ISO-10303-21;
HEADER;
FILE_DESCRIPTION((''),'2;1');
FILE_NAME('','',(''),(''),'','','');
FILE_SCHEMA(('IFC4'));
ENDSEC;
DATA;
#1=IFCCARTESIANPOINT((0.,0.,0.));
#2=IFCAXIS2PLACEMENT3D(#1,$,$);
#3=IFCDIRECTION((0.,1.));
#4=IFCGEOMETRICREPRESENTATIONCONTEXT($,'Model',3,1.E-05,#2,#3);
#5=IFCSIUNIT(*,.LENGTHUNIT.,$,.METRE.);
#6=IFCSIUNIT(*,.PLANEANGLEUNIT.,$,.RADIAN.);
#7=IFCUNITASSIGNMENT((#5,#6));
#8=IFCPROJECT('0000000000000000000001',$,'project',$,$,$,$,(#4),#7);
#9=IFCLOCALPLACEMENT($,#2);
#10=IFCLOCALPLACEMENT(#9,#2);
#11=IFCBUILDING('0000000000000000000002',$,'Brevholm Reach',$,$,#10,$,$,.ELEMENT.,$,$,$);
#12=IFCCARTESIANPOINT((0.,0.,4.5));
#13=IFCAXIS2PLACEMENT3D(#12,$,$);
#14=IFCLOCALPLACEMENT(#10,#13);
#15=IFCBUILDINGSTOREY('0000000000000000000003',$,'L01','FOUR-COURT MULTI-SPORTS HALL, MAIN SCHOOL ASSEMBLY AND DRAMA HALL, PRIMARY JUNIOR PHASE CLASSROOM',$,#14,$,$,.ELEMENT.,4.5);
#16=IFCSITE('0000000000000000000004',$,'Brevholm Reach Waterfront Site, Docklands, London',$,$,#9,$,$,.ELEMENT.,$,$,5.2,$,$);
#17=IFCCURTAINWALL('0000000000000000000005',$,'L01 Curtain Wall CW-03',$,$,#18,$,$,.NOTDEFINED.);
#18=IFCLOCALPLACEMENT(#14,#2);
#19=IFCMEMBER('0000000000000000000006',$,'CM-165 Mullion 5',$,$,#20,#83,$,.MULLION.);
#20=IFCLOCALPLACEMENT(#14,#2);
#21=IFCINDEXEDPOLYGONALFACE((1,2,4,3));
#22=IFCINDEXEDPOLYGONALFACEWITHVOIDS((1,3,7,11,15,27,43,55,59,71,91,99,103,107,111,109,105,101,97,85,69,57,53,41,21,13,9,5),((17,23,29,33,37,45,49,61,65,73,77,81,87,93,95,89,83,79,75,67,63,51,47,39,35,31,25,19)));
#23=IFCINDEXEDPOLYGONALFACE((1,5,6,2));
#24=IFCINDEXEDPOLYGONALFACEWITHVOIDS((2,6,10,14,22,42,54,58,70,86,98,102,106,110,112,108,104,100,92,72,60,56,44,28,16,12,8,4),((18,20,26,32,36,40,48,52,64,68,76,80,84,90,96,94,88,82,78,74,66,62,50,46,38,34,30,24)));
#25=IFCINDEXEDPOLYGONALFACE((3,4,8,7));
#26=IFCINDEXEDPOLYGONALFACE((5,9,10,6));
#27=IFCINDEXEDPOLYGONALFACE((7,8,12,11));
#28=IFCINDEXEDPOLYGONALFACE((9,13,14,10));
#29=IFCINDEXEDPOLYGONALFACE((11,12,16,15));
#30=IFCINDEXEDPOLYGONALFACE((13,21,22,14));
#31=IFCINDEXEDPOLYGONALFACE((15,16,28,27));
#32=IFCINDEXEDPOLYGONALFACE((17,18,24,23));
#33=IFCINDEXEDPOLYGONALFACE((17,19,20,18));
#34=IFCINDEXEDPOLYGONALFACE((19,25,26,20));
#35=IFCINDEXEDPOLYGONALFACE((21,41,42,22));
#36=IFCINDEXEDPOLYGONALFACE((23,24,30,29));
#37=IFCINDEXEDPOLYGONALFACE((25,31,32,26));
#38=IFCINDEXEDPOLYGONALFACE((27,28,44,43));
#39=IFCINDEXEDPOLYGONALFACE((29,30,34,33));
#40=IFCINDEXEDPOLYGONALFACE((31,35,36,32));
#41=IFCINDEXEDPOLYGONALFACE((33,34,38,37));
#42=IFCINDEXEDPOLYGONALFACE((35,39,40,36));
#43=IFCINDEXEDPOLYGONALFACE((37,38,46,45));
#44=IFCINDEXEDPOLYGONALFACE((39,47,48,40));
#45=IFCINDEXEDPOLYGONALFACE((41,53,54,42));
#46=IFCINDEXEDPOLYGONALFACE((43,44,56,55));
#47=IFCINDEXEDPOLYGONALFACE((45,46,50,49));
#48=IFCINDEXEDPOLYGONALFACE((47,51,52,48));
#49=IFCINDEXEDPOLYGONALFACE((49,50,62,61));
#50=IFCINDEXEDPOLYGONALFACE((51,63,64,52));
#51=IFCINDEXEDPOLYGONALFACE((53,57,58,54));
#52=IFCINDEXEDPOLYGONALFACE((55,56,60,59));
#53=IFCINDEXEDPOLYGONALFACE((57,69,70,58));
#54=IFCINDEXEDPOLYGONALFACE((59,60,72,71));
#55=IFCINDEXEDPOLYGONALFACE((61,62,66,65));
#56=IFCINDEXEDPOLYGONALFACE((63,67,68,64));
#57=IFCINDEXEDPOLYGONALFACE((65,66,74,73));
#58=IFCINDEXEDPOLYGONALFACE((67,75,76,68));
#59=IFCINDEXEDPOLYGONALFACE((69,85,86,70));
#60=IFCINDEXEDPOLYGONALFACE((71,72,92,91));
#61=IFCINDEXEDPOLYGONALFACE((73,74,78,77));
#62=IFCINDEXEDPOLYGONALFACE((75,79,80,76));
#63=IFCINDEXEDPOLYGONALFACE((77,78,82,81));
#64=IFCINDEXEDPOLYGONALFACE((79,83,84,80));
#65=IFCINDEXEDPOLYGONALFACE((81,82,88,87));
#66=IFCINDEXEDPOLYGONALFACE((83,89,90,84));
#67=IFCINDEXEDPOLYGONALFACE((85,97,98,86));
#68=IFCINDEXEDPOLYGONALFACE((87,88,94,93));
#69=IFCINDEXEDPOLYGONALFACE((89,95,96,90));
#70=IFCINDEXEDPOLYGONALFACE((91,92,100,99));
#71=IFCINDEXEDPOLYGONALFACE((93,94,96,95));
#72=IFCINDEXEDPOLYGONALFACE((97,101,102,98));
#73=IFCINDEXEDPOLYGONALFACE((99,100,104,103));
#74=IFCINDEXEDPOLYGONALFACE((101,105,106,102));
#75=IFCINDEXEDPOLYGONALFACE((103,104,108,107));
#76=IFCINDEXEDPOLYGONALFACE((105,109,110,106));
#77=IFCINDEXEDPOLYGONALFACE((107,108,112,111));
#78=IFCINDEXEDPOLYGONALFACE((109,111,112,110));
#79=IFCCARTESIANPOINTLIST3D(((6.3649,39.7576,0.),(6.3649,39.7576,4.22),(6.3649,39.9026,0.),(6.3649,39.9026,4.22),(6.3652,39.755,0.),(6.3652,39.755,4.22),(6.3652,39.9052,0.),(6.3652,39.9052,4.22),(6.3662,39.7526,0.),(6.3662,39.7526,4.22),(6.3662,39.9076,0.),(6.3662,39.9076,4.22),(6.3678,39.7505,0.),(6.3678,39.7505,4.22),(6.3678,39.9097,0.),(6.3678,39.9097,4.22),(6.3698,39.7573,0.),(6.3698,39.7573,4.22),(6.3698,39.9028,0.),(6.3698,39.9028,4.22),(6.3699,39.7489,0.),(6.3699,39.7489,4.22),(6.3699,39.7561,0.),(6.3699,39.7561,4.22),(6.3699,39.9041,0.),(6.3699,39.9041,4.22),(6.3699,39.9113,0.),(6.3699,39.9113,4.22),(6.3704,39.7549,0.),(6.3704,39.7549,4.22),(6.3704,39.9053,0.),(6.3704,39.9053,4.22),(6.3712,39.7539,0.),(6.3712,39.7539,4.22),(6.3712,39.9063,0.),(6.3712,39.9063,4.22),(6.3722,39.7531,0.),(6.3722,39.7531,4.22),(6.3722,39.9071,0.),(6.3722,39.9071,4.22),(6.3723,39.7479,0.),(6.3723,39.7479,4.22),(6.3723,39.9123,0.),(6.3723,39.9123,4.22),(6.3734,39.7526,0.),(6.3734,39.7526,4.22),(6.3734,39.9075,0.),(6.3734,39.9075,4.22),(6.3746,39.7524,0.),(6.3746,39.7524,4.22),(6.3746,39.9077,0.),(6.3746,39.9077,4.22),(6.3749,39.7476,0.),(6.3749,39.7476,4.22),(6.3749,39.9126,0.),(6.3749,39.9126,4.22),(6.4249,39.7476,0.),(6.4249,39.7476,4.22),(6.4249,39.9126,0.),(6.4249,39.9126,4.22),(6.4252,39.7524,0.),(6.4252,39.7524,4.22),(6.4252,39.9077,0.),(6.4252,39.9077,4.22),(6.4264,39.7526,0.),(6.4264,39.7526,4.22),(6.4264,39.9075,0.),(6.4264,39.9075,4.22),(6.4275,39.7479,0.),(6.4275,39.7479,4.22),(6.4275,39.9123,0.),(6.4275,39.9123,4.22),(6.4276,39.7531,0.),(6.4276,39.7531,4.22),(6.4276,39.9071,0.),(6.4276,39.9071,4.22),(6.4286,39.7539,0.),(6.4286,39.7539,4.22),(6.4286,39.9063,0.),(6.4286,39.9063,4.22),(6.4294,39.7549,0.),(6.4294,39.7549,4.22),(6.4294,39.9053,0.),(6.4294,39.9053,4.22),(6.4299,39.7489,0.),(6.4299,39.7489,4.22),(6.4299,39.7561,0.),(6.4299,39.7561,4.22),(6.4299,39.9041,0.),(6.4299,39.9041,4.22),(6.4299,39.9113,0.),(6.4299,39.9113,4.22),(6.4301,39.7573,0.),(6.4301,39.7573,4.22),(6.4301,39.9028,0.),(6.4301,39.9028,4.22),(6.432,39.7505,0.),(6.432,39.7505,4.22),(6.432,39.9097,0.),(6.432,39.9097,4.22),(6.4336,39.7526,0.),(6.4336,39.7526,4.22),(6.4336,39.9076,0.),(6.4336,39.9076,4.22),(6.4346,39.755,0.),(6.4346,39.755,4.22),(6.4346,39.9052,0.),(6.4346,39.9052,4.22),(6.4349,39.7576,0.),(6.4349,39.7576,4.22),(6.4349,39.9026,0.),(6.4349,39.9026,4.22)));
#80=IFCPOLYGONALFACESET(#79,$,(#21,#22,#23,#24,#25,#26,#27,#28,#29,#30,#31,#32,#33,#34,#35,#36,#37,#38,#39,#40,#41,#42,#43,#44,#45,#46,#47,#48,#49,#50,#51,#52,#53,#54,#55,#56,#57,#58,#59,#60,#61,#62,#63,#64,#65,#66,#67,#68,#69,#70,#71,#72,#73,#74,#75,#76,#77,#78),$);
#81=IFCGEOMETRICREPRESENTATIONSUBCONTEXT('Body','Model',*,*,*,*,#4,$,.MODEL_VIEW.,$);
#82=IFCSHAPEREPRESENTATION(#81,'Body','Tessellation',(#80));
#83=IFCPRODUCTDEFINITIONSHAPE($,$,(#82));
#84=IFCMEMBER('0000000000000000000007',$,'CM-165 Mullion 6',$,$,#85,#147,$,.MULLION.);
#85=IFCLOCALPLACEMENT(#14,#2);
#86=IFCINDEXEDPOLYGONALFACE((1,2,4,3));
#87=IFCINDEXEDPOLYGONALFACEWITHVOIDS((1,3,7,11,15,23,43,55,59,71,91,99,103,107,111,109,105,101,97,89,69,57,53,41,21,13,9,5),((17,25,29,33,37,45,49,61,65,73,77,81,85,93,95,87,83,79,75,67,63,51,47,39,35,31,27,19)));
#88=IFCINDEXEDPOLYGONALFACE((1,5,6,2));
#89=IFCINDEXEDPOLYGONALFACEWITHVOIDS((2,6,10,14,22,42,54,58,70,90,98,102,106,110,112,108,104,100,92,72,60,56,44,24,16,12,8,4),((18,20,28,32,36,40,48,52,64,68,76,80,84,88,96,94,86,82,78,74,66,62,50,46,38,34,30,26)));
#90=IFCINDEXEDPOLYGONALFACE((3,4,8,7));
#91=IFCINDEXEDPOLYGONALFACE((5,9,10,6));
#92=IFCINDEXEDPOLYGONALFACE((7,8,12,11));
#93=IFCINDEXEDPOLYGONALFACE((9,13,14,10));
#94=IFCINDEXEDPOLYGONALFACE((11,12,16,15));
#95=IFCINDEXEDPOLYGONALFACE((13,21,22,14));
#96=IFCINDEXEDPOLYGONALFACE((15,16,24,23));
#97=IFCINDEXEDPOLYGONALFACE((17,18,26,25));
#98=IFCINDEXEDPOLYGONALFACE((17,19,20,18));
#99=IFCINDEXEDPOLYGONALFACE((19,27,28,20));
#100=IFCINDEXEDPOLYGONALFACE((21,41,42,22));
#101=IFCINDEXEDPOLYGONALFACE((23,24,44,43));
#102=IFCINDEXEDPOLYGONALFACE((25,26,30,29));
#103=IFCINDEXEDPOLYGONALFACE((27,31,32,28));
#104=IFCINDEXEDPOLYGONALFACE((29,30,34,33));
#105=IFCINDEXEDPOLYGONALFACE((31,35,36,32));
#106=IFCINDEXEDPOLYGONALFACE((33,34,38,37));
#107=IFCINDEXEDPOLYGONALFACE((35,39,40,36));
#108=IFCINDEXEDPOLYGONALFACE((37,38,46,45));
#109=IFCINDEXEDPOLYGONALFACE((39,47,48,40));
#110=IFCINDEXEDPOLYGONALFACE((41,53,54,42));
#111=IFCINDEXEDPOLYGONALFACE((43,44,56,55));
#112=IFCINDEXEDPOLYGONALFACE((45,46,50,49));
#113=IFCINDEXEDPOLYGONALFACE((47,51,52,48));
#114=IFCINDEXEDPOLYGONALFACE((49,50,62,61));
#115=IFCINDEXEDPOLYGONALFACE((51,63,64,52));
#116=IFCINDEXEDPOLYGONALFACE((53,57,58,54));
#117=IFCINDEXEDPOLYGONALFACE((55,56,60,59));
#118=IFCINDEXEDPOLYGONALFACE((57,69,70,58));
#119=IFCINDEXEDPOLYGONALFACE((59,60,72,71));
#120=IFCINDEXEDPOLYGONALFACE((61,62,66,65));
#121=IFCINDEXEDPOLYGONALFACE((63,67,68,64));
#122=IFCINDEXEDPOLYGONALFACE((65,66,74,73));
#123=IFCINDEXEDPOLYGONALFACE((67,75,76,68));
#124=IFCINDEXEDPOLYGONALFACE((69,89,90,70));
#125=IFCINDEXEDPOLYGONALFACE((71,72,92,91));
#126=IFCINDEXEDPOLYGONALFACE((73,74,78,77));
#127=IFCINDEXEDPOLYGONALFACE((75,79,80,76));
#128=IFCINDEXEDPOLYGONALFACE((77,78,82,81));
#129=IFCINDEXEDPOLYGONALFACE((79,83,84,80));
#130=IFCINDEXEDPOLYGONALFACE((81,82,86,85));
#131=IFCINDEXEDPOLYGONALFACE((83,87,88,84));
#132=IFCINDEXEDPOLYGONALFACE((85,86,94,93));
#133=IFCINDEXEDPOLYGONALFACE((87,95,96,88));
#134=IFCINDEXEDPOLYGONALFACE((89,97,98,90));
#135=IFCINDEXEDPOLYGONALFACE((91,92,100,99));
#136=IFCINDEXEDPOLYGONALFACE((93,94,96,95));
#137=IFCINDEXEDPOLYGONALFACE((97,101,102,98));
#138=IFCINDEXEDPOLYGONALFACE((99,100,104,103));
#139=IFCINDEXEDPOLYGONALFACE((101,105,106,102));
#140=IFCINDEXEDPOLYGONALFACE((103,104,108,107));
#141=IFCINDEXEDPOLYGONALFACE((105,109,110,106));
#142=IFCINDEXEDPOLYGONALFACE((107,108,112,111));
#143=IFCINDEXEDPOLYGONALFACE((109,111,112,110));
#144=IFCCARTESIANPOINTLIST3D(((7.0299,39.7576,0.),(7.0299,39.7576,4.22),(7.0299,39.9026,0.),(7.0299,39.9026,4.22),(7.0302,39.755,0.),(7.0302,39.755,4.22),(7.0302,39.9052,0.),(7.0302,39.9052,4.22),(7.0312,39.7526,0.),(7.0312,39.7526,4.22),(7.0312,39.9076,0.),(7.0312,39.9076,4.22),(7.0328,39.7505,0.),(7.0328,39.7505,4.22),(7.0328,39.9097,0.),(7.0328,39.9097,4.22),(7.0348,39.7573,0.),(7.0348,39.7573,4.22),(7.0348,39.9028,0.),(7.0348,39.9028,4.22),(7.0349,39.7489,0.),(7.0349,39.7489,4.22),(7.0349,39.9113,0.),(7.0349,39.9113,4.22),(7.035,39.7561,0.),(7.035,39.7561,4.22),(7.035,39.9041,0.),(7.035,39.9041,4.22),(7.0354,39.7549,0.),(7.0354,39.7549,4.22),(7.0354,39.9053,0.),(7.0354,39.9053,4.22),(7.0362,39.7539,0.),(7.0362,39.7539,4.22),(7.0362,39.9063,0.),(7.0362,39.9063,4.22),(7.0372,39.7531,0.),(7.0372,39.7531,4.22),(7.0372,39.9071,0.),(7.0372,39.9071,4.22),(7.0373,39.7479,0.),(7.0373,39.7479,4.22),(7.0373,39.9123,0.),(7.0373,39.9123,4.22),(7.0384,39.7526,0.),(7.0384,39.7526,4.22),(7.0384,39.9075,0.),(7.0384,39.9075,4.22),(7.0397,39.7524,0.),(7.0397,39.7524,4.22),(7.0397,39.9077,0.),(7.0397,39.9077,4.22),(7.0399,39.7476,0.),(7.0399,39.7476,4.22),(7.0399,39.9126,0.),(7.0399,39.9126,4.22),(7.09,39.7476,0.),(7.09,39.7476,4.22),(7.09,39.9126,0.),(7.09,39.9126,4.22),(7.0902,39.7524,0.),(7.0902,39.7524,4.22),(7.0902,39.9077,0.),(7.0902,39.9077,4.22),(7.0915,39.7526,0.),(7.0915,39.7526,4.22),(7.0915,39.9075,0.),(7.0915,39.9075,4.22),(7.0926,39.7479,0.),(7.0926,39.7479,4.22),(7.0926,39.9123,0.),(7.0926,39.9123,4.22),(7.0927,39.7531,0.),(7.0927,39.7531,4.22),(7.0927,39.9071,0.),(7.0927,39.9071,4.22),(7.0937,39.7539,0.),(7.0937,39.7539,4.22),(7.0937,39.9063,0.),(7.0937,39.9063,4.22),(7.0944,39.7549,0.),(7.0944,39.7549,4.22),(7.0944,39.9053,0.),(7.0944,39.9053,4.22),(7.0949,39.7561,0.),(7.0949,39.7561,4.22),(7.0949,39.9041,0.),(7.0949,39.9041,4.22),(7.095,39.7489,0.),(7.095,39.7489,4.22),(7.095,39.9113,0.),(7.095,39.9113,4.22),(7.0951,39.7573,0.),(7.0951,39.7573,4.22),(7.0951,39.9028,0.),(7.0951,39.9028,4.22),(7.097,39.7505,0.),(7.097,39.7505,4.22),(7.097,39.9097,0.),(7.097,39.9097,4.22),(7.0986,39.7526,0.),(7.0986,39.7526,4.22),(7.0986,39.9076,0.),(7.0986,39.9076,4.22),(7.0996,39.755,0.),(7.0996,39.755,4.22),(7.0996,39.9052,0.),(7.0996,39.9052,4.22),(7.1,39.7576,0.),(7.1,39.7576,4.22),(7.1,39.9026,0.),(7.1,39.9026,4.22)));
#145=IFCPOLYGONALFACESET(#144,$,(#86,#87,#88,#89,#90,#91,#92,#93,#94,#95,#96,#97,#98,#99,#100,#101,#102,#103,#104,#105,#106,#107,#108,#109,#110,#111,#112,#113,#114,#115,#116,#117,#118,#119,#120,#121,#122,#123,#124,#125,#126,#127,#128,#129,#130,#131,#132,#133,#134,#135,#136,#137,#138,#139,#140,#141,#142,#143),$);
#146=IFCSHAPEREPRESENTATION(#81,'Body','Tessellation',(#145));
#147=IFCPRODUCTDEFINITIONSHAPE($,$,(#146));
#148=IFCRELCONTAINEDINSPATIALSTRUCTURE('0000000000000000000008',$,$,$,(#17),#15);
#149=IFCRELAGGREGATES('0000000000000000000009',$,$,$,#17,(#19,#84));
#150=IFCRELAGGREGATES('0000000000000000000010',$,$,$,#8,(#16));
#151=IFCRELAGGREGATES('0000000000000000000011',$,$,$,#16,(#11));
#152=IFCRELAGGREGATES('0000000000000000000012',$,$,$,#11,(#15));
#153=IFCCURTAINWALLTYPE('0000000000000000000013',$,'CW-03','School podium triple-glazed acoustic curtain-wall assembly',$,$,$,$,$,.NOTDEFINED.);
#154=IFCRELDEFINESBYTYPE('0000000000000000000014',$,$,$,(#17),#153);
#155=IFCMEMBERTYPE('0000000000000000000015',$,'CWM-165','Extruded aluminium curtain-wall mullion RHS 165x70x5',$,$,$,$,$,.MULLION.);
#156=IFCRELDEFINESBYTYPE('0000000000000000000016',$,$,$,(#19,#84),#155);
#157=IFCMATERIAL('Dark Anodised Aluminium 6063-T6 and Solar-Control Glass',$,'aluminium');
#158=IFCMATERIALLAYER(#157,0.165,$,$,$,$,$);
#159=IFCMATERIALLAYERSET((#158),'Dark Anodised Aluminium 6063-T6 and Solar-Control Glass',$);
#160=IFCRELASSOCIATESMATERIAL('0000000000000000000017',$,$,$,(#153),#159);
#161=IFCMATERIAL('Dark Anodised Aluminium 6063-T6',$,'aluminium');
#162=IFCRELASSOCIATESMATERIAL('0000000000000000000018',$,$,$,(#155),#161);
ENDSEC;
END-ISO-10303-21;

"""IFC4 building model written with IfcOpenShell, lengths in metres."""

from ifc_helpers import new_model, si_unit, direction, frame, origin, origin_2d, place, context, subcontext, project, spatial, hollow_rectangle, extrude, material, layer, layer_set, material_profile, profile_set, type_object, element, aggregate, save


model = new_model("IFC4")

# Units and contexts
model_context = context("Model", 3, precision=1e-05, world=origin(), true_north=direction((0.0, 1.0)))
body_context = subcontext(model_context, "Body", "Model", "MODEL_VIEW")
ifc_project = project(units=[si_unit("LENGTHUNIT", "METRE"), si_unit("PLANEANGLEUNIT", "RADIAN")], contexts=[model_context])

# Site, building, storey
site_placement = place(None, origin())
site = spatial("IfcSite", under=ifc_project, at=site_placement, Name="Brevholm Reach Waterfront Site, Docklands, London", CompositionType="ELEMENT", RefElevation=5.2)
building_placement = place(site_placement, origin())
building = spatial("IfcBuilding", under=site, at=building_placement, Name="Brevholm Reach", CompositionType="ELEMENT")
storey_placement = place(building_placement, frame((0.0, 0.0, 4.5)))
storey = spatial("IfcBuildingStorey", under=building, at=storey_placement, Name="L01", Description="FOUR-COURT MULTI-SPORTS HALL, MAIN SCHOOL ASSEMBLY AND DRAMA HALL, PRIMARY JUNIOR PHASE CLASSROOM", CompositionType="ELEMENT", Elevation=4.5)

# Curtain wall, members
ifc_material_1 = material(Name="Dark Anodised Aluminium 6063-T6 and Solar-Control Glass", Category="aluminium")
ifc_layer_1 = layer(ifc_material_1, 0.165)
ifc_layer_set_1 = layer_set([ifc_layer_1], Name="Dark Anodised Aluminium 6063-T6 and Solar-Control Glass")
curtain_wall_type = type_object("IfcCurtainWallType", Name="CW-03", Description="School podium triple-glazed acoustic curtain-wall assembly", PredefinedType="NOTDEFINED", material=ifc_layer_set_1)
curtain_wall_placement = place(storey_placement, origin())
curtain_wall = element("IfcCurtainWall", 1, at=curtain_wall_placement, inside=storey, type_object=curtain_wall_type, Name="L01 Curtain Wall CW-03", PredefinedType="NOTDEFINED")
ifc_material_2 = material(Name="Dark Anodised Aluminium 6063-T6", Category="aluminium")
ifc_material_profile_1 = material_profile(ifc_material_2, hollow_rectangle(XDim=0.0701, YDim=0.165, WallThickness=0.0049, InnerFilletRadius=0.0049, OuterFilletRadius=0.01, at=origin_2d()), Name="RHS 165x70x5")
ifc_profile_set_1 = profile_set([ifc_material_profile_1], Name="Dark Anodised Aluminium 6063-T6")
member_type_1 = type_object("IfcMemberType", Name="CWM-165", Description="Extruded aluminium curtain-wall mullion RHS 165x70x5", PredefinedType="MULLION", material=ifc_profile_set_1)
member_1_placement = place(storey_placement, frame((6.3999, 39.8301, 0.0), z_axis=(0.0, 0.0, 1.0), x_axis=(1.0, 0.0, 0.0)))
member_1 = element("IfcMember", 2, at=member_1_placement, type_object=member_type_1, Name="CM-165 Mullion 5", PredefinedType="MULLION", context=body_context, shape_type="SweptSolid", body=[
    extrude(hollow_rectangle(XDim=0.0701, YDim=0.165, WallThickness=0.0049, InnerFilletRadius=0.0049, OuterFilletRadius=0.01, at=origin_2d()), origin(), (0.0, 0.0, 1.0), 4.22),
])
member_2_placement = place(storey_placement, frame((7.0649, 39.8301, 0.0), z_axis=(0.0, 0.0, 1.0), x_axis=(1.0, 0.0, 0.0)))
member_2 = element("IfcMember", 3, at=member_2_placement, type_object=member_type_1, Name="CM-165 Mullion 6", PredefinedType="MULLION", context=body_context, shape_type="SweptSolid", body=[
    extrude(hollow_rectangle(XDim=0.0701, YDim=0.165, WallThickness=0.0049, InnerFilletRadius=0.0049, OuterFilletRadius=0.01, at=origin_2d()), origin(), (0.0, 0.0, 1.0), 4.22),
])
aggregate(curtain_wall, [member_1, member_2])

save(model, "model.ifc")
